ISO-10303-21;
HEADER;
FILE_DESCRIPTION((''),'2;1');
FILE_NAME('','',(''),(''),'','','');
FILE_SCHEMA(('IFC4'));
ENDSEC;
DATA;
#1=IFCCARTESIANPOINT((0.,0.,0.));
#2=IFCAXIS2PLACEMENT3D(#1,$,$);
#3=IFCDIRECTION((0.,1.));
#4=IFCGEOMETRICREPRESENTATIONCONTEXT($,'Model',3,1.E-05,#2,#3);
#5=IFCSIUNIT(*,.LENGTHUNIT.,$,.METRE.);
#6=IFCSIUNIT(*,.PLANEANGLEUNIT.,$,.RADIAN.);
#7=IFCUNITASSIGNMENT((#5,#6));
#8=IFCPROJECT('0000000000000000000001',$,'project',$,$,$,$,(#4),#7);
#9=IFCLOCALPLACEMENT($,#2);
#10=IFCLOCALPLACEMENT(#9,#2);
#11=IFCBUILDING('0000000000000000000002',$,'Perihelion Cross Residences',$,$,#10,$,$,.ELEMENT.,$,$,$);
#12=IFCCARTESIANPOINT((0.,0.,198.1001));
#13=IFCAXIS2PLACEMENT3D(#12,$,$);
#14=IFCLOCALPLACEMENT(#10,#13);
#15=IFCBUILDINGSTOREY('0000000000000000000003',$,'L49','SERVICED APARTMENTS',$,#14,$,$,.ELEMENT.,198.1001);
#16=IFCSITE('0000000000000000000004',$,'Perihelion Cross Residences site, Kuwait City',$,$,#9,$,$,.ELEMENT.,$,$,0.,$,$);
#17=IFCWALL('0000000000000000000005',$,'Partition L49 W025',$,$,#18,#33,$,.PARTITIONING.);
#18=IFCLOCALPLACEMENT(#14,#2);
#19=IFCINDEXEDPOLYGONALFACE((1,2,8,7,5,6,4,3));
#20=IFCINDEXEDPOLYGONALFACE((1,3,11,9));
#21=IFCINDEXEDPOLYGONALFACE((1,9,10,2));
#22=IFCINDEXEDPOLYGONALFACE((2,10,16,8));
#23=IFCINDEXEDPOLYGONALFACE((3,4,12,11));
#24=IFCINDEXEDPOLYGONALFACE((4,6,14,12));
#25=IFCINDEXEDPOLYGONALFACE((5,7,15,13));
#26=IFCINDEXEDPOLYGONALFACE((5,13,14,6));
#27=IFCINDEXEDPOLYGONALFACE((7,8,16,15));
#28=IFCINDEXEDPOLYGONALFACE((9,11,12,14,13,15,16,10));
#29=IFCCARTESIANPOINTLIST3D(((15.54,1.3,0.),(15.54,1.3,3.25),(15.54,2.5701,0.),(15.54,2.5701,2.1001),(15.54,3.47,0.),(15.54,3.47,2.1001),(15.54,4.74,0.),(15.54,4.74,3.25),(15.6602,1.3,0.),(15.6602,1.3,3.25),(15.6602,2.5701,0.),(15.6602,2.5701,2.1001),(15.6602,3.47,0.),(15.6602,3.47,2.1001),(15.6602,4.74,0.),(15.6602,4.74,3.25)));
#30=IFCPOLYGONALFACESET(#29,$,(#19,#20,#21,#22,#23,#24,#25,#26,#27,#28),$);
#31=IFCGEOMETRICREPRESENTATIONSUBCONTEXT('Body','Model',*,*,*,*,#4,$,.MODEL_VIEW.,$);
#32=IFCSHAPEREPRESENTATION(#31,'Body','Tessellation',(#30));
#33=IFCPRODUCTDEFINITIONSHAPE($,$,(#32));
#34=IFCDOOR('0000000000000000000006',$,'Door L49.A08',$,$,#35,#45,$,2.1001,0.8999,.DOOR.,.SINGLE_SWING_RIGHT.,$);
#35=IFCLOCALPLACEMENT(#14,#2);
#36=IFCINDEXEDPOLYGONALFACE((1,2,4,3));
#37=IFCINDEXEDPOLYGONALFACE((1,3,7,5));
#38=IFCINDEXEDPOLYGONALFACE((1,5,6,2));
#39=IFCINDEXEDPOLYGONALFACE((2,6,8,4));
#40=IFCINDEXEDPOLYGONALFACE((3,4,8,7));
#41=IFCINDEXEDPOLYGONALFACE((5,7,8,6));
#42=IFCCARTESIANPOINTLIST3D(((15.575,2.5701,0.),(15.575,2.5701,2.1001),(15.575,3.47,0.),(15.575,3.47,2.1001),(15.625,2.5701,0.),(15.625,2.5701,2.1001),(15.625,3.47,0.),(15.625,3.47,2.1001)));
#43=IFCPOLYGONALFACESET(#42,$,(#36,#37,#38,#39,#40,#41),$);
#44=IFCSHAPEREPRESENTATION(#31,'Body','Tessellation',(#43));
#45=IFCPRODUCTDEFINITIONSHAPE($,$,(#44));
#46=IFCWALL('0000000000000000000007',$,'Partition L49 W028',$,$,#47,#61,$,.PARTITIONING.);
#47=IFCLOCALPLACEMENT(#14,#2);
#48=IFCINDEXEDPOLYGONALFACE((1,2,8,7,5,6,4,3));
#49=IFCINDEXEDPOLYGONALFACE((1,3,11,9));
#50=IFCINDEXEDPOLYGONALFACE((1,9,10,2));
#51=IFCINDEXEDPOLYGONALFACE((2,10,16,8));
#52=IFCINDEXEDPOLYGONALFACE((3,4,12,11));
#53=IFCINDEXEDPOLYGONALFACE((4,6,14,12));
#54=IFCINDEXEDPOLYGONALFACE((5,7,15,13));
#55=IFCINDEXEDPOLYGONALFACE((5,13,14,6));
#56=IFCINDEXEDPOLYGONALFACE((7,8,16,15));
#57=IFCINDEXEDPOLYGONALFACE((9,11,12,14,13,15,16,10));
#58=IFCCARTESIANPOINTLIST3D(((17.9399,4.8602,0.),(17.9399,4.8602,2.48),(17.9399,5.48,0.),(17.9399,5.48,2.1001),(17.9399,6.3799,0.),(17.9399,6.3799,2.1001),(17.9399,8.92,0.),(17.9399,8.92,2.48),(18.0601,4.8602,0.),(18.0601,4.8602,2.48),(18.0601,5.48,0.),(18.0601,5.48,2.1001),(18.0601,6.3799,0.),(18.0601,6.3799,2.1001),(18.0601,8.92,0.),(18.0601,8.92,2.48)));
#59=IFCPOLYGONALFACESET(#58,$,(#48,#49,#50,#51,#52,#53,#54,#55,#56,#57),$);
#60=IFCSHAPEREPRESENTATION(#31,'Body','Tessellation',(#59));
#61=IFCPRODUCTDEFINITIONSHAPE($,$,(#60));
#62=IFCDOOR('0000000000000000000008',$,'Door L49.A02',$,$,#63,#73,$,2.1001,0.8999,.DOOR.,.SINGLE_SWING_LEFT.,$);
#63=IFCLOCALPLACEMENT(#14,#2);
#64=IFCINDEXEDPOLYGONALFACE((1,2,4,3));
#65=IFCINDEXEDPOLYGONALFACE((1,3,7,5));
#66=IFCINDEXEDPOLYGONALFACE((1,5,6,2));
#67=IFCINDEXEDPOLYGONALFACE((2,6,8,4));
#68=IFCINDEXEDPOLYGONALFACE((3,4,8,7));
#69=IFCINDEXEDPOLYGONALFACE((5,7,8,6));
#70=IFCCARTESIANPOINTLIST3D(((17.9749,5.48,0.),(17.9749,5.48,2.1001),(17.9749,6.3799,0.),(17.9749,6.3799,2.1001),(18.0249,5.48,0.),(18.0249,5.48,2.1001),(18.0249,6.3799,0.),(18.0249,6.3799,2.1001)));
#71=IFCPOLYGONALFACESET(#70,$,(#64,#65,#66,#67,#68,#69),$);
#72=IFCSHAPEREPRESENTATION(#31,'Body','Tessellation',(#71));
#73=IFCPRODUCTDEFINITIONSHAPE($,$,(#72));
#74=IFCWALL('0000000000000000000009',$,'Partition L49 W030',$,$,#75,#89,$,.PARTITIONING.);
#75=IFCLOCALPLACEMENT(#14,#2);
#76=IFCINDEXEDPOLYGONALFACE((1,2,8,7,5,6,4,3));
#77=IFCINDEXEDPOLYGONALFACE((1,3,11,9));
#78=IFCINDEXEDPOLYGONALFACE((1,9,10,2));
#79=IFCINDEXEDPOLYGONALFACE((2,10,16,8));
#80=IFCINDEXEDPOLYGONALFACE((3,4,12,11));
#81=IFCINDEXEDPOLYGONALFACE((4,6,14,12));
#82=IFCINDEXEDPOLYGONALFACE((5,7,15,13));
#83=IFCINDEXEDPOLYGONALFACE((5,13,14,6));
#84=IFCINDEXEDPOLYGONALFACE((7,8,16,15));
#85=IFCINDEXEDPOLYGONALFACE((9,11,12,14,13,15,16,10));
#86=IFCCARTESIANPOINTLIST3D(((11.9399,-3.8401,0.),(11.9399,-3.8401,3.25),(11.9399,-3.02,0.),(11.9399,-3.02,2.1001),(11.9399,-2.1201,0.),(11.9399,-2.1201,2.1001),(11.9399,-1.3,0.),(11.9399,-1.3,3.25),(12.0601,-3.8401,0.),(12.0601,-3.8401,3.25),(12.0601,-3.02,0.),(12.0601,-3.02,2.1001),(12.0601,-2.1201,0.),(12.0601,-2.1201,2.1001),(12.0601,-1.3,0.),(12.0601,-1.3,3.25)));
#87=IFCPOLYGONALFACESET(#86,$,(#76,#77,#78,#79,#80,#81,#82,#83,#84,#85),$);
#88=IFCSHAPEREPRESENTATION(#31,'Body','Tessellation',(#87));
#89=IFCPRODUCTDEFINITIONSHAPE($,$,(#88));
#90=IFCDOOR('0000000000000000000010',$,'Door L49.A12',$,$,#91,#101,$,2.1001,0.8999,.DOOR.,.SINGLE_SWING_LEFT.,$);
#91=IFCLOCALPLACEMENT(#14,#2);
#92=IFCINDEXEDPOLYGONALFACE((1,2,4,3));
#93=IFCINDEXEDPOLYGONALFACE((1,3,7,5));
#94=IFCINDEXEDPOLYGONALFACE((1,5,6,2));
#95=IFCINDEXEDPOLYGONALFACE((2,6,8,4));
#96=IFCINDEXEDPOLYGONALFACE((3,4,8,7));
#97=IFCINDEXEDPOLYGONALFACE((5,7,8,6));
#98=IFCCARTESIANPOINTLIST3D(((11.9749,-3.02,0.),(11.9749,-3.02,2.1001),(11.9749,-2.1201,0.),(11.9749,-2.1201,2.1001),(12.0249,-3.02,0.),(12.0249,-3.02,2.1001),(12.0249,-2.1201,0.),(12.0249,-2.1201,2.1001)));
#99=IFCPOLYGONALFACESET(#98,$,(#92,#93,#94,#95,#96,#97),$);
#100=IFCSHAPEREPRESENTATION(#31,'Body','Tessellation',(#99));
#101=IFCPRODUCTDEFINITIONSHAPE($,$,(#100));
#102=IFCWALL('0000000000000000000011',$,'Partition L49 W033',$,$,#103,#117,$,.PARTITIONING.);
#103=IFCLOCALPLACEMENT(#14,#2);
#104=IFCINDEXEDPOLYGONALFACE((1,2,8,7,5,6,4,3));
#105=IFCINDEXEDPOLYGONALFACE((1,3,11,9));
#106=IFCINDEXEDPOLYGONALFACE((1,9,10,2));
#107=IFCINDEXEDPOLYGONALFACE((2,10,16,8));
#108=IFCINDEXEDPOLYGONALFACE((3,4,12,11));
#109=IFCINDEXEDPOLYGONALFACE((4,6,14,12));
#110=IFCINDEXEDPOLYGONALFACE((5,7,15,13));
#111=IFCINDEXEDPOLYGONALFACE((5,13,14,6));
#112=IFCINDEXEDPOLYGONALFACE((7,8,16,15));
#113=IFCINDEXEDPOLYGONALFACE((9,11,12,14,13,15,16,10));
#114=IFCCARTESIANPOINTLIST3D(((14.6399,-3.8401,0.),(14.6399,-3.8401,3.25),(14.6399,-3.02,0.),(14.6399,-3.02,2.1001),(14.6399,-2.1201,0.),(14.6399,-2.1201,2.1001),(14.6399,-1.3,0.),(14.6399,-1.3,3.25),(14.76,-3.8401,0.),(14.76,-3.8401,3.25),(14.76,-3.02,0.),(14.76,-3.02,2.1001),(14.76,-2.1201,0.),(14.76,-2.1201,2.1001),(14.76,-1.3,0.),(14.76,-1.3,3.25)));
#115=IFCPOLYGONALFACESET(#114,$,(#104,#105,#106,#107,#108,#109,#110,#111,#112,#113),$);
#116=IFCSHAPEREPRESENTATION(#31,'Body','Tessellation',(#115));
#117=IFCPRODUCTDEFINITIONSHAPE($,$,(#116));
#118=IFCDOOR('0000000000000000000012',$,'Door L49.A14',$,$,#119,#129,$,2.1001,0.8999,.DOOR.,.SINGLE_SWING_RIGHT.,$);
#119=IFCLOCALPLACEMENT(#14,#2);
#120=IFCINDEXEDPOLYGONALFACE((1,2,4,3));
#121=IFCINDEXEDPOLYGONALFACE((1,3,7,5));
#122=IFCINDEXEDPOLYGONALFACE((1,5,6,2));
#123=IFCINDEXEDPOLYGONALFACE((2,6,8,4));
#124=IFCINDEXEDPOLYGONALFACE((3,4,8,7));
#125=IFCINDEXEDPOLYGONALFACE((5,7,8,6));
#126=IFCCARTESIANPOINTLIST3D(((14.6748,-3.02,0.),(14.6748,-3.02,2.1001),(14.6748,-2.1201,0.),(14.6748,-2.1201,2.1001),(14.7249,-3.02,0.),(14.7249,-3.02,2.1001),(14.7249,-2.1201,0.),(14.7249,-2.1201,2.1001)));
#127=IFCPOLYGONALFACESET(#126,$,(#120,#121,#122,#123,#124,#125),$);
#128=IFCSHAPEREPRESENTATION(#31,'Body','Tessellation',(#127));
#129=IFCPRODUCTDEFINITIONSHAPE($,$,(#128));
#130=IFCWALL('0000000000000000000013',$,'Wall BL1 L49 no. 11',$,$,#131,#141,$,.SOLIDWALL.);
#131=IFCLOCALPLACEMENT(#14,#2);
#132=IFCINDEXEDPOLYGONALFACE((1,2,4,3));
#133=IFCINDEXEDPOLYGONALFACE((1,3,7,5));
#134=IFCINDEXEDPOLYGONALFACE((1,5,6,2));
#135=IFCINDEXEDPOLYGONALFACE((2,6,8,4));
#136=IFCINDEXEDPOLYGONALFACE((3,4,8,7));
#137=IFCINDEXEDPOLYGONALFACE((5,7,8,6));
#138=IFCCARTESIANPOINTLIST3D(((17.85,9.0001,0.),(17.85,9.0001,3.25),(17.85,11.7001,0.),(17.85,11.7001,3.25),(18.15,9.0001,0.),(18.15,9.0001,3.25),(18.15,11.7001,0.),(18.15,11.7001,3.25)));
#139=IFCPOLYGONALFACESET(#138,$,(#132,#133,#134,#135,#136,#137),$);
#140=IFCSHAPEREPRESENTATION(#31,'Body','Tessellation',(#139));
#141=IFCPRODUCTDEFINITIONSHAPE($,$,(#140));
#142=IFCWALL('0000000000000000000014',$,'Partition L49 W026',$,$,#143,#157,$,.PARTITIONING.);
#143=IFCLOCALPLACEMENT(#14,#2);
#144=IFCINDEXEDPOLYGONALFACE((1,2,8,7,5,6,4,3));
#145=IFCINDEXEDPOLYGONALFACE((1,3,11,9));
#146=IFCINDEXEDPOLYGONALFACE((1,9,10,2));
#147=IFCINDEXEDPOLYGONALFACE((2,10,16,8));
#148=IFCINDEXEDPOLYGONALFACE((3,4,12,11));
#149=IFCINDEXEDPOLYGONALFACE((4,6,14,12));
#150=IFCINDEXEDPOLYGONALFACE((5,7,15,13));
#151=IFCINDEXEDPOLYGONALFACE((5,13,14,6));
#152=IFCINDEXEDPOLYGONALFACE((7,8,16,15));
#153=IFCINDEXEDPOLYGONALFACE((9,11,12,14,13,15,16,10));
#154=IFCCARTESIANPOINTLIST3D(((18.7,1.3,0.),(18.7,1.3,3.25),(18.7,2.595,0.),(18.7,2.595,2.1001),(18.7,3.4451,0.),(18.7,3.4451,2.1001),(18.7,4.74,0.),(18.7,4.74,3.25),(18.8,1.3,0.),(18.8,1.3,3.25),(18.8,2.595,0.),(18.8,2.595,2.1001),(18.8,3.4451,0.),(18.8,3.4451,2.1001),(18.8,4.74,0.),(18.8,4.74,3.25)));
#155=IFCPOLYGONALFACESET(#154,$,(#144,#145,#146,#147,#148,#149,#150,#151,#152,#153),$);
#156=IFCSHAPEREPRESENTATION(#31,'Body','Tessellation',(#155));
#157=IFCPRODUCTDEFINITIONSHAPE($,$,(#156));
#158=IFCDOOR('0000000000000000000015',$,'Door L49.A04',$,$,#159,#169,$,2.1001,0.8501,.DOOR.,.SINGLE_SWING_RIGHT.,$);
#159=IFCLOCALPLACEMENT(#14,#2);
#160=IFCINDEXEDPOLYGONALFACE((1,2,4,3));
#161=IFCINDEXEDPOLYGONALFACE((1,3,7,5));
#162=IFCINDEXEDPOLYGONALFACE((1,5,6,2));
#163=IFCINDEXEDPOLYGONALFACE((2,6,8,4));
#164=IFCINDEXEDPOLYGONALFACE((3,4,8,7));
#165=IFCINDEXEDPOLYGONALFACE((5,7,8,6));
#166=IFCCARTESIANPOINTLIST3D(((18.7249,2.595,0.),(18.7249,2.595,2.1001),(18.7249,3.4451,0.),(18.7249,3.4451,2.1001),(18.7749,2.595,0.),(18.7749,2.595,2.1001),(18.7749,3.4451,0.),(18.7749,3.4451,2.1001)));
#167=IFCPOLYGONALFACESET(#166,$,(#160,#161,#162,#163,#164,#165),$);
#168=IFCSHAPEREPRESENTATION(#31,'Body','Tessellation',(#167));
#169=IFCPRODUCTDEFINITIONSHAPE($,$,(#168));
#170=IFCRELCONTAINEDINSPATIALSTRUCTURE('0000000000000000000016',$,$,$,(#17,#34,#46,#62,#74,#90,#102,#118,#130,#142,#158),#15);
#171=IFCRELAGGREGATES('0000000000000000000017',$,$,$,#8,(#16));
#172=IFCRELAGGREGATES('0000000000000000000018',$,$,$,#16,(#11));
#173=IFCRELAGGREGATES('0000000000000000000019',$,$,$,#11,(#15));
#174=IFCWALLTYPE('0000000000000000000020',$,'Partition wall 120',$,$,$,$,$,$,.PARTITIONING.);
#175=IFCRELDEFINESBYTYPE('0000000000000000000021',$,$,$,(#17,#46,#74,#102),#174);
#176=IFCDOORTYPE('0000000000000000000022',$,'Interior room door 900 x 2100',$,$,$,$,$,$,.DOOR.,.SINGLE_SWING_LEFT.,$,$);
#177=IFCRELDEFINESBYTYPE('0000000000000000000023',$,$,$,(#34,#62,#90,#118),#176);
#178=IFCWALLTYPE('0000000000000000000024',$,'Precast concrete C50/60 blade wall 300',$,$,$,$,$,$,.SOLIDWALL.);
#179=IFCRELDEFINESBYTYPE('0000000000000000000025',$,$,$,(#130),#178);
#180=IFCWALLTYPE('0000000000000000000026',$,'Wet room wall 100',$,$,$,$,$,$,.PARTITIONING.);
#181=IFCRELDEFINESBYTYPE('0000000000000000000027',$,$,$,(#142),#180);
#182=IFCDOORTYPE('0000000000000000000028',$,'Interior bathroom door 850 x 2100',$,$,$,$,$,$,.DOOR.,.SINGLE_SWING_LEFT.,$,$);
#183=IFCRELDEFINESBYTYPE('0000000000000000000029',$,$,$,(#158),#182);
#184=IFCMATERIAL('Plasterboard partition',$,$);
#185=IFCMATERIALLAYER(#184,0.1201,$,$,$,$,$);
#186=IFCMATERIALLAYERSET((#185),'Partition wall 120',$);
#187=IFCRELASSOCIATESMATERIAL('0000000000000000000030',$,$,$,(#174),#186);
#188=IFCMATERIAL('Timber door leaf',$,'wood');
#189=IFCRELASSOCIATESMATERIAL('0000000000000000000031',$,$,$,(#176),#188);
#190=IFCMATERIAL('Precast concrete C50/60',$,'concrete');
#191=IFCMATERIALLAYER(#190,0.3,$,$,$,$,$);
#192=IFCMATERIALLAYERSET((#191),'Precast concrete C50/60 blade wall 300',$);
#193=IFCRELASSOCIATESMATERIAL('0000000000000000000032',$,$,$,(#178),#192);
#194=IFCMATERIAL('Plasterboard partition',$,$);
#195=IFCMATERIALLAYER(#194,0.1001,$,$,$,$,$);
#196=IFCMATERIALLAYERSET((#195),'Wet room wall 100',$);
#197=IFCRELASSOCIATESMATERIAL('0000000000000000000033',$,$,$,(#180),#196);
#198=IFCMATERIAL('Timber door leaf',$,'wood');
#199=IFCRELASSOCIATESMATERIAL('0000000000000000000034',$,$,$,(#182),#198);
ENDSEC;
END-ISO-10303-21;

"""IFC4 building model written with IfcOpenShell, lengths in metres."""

from ifc_helpers import new_model, si_unit, direction, frame, frame_2d, origin, place, context, subcontext, project, spatial, rectangle, extrude, material, layer, layer_set, type_object, element, fill, save


model = new_model("IFC4")

# Units and contexts
model_context = context("Model", 3, precision=1e-05, world=origin(), true_north=direction((0.0, 1.0)))
body_context = subcontext(model_context, "Body", "Model", "MODEL_VIEW")
ifc_project = project(units=[si_unit("LENGTHUNIT", "METRE"), si_unit("PLANEANGLEUNIT", "RADIAN")], contexts=[model_context])

# Site, building, storey
site_placement = place(None, origin())
site = spatial("IfcSite", under=ifc_project, at=site_placement, Name="Perihelion Cross Residences site, Kuwait City", CompositionType="ELEMENT", RefElevation=0.0)
building_placement = place(site_placement, origin())
building = spatial("IfcBuilding", under=site, at=building_placement, Name="Perihelion Cross Residences", CompositionType="ELEMENT")
storey_placement = place(building_placement, frame((0.0, 0.0, 198.1001)))
storey = spatial("IfcBuildingStorey", under=building, at=storey_placement, Name="L49", Description="SERVICED APARTMENTS", CompositionType="ELEMENT", Elevation=198.1001)

# Shared definitions
ifc_material_1 = material(Name="Plasterboard partition")
ifc_layer_1 = layer(ifc_material_1, 0.1201)
ifc_layer_set_1 = layer_set([ifc_layer_1], Name="Partition wall 120")
wall_type_1 = type_object("IfcWallType", Name="Partition wall 120", PredefinedType="PARTITIONING", material=ifc_layer_set_1)

# Walls, openings, doors
wall_1_placement = place(storey_placement, frame((15.6001, 4.74, 0.0), z_axis=(0.0, 0.0, 1.0), x_axis=(0.0, -1.0, 0.0)))
wall_1 = element("IfcWall", 1, at=wall_1_placement, inside=storey, type_object=wall_type_1, Name="Partition L49 W025", PredefinedType="PARTITIONING", context=body_context, shape_type="SweptSolid", body=[
    extrude(rectangle(XDim=3.4399, YDim=0.1201, at=frame_2d((1.72, 0.0))), origin(), (0.0, 0.0, 1.0), 3.25),
])
opening_1_placement = place(wall_1_placement, frame((1.27, 0.0, 0.0)))
opening_1 = element("IfcOpeningElement", 2, at=opening_1_placement, cuts=wall_1, PredefinedType="OPENING", context=body_context, shape_type="SweptSolid", body=[
    extrude(rectangle(XDim=0.8999, YDim=2.1001, at=frame_2d((0.45, 1.05))), frame((0.0, 0.0701, 0.0), z_axis=(0.0, -1.0, 0.0), x_axis=(1.0, 0.0, 0.0)), (0.0, 0.0, 1.0), 0.1401),
])
ifc_material_2 = material(Name="Timber door leaf", Category="wood")
door_type_1 = type_object("IfcDoorType", Name="Interior room door 900 x 2100", OperationType="SINGLE_SWING_LEFT", PredefinedType="DOOR", material=ifc_material_2)
door_1_placement = place(opening_1_placement, origin())
door_1 = element("IfcDoor", 3, at=door_1_placement, inside=storey, type_object=door_type_1, Name="Door L49.A08", OperationType="SINGLE_SWING_RIGHT", OverallHeight=2.1001, OverallWidth=0.8999, PredefinedType="DOOR", context=body_context, shape_type="SweptSolid", body=[
    extrude(rectangle(XDim=0.8999, YDim=2.1001, at=frame_2d((0.45, 1.05))), frame((0.0, 0.0249, 0.0), z_axis=(0.0, -1.0, 0.0), x_axis=(1.0, 0.0, 0.0)), (0.0, 0.0, 1.0), 0.05),
])
fill(opening_1, door_1)
wall_2_placement = place(storey_placement, frame((18.0, 8.9199, 0.0), z_axis=(0.0, 0.0, 1.0), x_axis=(0.0, -1.0, 0.0)))
wall_2 = element("IfcWall", 4, at=wall_2_placement, inside=storey, type_object=wall_type_1, Name="Partition L49 W028", PredefinedType="PARTITIONING", context=body_context, shape_type="SweptSolid", body=[
    extrude(rectangle(XDim=4.0598, YDim=0.1201, at=frame_2d((2.0298, 0.0))), origin(), (0.0, 0.0, 1.0), 2.48),
])
opening_2_placement = place(wall_2_placement, frame((2.54, 0.0, 0.0)))
opening_2 = element("IfcOpeningElement", 5, at=opening_2_placement, cuts=wall_2, PredefinedType="OPENING", context=body_context, shape_type="SweptSolid", body=[
    extrude(rectangle(XDim=0.8999, YDim=2.1001, at=frame_2d((0.45, 1.05))), frame((0.0, 0.0701, 0.0), z_axis=(0.0, -1.0, 0.0), x_axis=(1.0, 0.0, 0.0)), (0.0, 0.0, 1.0), 0.1401),
])
door_2_placement = place(opening_2_placement, origin())
door_2 = element("IfcDoor", 6, at=door_2_placement, inside=storey, type_object=door_type_1, Name="Door L49.A02", OperationType="SINGLE_SWING_LEFT", OverallHeight=2.1001, OverallWidth=0.8999, PredefinedType="DOOR", context=body_context, shape_type="SweptSolid", body=[
    extrude(rectangle(XDim=0.8999, YDim=2.1001, at=frame_2d((0.45, 1.05))), frame((0.0, 0.0249, 0.0), z_axis=(0.0, -1.0, 0.0), x_axis=(1.0, 0.0, 0.0)), (0.0, 0.0, 1.0), 0.05),
])
fill(opening_2, door_2)
wall_3_placement = place(storey_placement, frame((12.0, -1.3, 0.0), z_axis=(0.0, 0.0, 1.0), x_axis=(0.0, -1.0, 0.0)))
wall_3 = element("IfcWall", 7, at=wall_3_placement, inside=storey, type_object=wall_type_1, Name="Partition L49 W030", PredefinedType="PARTITIONING", context=body_context, shape_type="SweptSolid", body=[
    extrude(rectangle(XDim=2.54, YDim=0.1201, at=frame_2d((1.27, 0.0))), origin(), (0.0, 0.0, 1.0), 3.25),
])
opening_3_placement = place(wall_3_placement, frame((0.8201, 0.0, 0.0)))
opening_3 = element("IfcOpeningElement", 8, at=opening_3_placement, cuts=wall_3, PredefinedType="OPENING", context=body_context, shape_type="SweptSolid", body=[
    extrude(rectangle(XDim=0.8999, YDim=2.1001, at=frame_2d((0.45, 1.05))), frame((0.0, 0.0701, 0.0), z_axis=(0.0, -1.0, 0.0), x_axis=(1.0, 0.0, 0.0)), (0.0, 0.0, 1.0), 0.1401),
])
door_3_placement = place(opening_3_placement, origin())
door_3 = element("IfcDoor", 9, at=door_3_placement, inside=storey, type_object=door_type_1, Name="Door L49.A12", OperationType="SINGLE_SWING_LEFT", OverallHeight=2.1001, OverallWidth=0.8999, PredefinedType="DOOR", context=body_context, shape_type="SweptSolid", body=[
    extrude(rectangle(XDim=0.8999, YDim=2.1001, at=frame_2d((0.45, 1.05))), frame((0.0, 0.0249, 0.0), z_axis=(0.0, -1.0, 0.0), x_axis=(1.0, 0.0, 0.0)), (0.0, 0.0, 1.0), 0.05),
])
fill(opening_3, door_3)
wall_4_placement = place(storey_placement, frame((14.7, -1.3, 0.0), z_axis=(0.0, 0.0, 1.0), x_axis=(0.0, -1.0, 0.0)))
wall_4 = element("IfcWall", 10, at=wall_4_placement, inside=storey, type_object=wall_type_1, Name="Partition L49 W033", PredefinedType="PARTITIONING", context=body_context, shape_type="SweptSolid", body=[
    extrude(rectangle(XDim=2.54, YDim=0.1201, at=frame_2d((1.27, 0.0))), origin(), (0.0, 0.0, 1.0), 3.25),
])
opening_4_placement = place(wall_4_placement, frame((0.8201, 0.0, 0.0)))
opening_4 = element("IfcOpeningElement", 11, at=opening_4_placement, cuts=wall_4, PredefinedType="OPENING", context=body_context, shape_type="SweptSolid", body=[
    extrude(rectangle(XDim=0.8999, YDim=2.1001, at=frame_2d((0.45, 1.05))), frame((0.0, 0.0701, 0.0), z_axis=(0.0, -1.0, 0.0), x_axis=(1.0, 0.0, 0.0)), (0.0, 0.0, 1.0), 0.1401),
])
door_4_placement = place(opening_4_placement, origin())
door_4 = element("IfcDoor", 12, at=door_4_placement, inside=storey, type_object=door_type_1, Name="Door L49.A14", OperationType="SINGLE_SWING_RIGHT", OverallHeight=2.1001, OverallWidth=0.8999, PredefinedType="DOOR", context=body_context, shape_type="SweptSolid", body=[
    extrude(rectangle(XDim=0.8999, YDim=2.1001, at=frame_2d((0.45, 1.05))), frame((0.0, 0.0249, 0.0), z_axis=(0.0, -1.0, 0.0), x_axis=(1.0, 0.0, 0.0)), (0.0, 0.0, 1.0), 0.05),
])
fill(opening_4, door_4)

# Wall
ifc_material_3 = material(Name="Precast concrete C50/60", Category="concrete")
ifc_layer_2 = layer(ifc_material_3, 0.3)
ifc_layer_set_2 = layer_set([ifc_layer_2], Name="Precast concrete C50/60 blade wall 300")
wall_type_2 = type_object("IfcWallType", Name="Precast concrete C50/60 blade wall 300", PredefinedType="SOLIDWALL", material=ifc_layer_set_2)
wall_5_placement = place(storey_placement, frame((18.0, 9.0, 0.0), z_axis=(0.0, 0.0, 1.0), x_axis=(0.0, 1.0, 0.0)))
element("IfcWall", 13, at=wall_5_placement, inside=storey, type_object=wall_type_2, Name="Wall BL1 L49 no. 11", PredefinedType="SOLIDWALL", context=body_context, shape_type="SweptSolid", body=[
    extrude(rectangle(XDim=2.7, YDim=0.3, at=frame_2d((1.3501, 0.0))), origin(), (0.0, 0.0, 1.0), 3.25),
])

# Wall, opening, door
ifc_material_4 = material(Name="Plasterboard partition")
ifc_layer_3 = layer(ifc_material_4, 0.1001)
ifc_layer_set_3 = layer_set([ifc_layer_3], Name="Wet room wall 100")
wall_type_3 = type_object("IfcWallType", Name="Wet room wall 100", PredefinedType="PARTITIONING", material=ifc_layer_set_3)
wall_6_placement = place(storey_placement, frame((18.75, 4.74, 0.0), z_axis=(0.0, 0.0, 1.0), x_axis=(0.0, -1.0, 0.0)))
wall_6 = element("IfcWall", 14, at=wall_6_placement, inside=storey, type_object=wall_type_3, Name="Partition L49 W026", PredefinedType="PARTITIONING", context=body_context, shape_type="SweptSolid", body=[
    extrude(rectangle(XDim=3.4399, YDim=0.1001, at=frame_2d((1.72, 0.0))), origin(), (0.0, 0.0, 1.0), 3.25),
])
opening_5_placement = place(wall_6_placement, frame((1.2949, 0.0, 0.0)))
opening_5 = element("IfcOpeningElement", 15, at=opening_5_placement, cuts=wall_6, PredefinedType="OPENING", context=body_context, shape_type="SweptSolid", body=[
    extrude(rectangle(XDim=0.8501, YDim=2.1001, at=frame_2d((0.425, 1.05))), frame((0.0, 0.0601, 0.0), z_axis=(0.0, -1.0, 0.0), x_axis=(1.0, 0.0, 0.0)), (0.0, 0.0, 1.0), 0.1201),
])
ifc_material_5 = material(Name="Timber door leaf", Category="wood")
door_type_2 = type_object("IfcDoorType", Name="Interior bathroom door 850 x 2100", OperationType="SINGLE_SWING_LEFT", PredefinedType="DOOR", material=ifc_material_5)
door_5_placement = place(opening_5_placement, origin())
door_5 = element("IfcDoor", 16, at=door_5_placement, inside=storey, type_object=door_type_2, Name="Door L49.A04", OperationType="SINGLE_SWING_RIGHT", OverallHeight=2.1001, OverallWidth=0.8501, PredefinedType="DOOR", context=body_context, shape_type="SweptSolid", body=[
    extrude(rectangle(XDim=0.8501, YDim=2.1001, at=frame_2d((0.425, 1.05))), frame((0.0, 0.0249, 0.0), z_axis=(0.0, -1.0, 0.0), x_axis=(1.0, 0.0, 0.0)), (0.0, 0.0, 1.0), 0.05),
])
fill(opening_5, door_5)

save(model, "model.ifc")
